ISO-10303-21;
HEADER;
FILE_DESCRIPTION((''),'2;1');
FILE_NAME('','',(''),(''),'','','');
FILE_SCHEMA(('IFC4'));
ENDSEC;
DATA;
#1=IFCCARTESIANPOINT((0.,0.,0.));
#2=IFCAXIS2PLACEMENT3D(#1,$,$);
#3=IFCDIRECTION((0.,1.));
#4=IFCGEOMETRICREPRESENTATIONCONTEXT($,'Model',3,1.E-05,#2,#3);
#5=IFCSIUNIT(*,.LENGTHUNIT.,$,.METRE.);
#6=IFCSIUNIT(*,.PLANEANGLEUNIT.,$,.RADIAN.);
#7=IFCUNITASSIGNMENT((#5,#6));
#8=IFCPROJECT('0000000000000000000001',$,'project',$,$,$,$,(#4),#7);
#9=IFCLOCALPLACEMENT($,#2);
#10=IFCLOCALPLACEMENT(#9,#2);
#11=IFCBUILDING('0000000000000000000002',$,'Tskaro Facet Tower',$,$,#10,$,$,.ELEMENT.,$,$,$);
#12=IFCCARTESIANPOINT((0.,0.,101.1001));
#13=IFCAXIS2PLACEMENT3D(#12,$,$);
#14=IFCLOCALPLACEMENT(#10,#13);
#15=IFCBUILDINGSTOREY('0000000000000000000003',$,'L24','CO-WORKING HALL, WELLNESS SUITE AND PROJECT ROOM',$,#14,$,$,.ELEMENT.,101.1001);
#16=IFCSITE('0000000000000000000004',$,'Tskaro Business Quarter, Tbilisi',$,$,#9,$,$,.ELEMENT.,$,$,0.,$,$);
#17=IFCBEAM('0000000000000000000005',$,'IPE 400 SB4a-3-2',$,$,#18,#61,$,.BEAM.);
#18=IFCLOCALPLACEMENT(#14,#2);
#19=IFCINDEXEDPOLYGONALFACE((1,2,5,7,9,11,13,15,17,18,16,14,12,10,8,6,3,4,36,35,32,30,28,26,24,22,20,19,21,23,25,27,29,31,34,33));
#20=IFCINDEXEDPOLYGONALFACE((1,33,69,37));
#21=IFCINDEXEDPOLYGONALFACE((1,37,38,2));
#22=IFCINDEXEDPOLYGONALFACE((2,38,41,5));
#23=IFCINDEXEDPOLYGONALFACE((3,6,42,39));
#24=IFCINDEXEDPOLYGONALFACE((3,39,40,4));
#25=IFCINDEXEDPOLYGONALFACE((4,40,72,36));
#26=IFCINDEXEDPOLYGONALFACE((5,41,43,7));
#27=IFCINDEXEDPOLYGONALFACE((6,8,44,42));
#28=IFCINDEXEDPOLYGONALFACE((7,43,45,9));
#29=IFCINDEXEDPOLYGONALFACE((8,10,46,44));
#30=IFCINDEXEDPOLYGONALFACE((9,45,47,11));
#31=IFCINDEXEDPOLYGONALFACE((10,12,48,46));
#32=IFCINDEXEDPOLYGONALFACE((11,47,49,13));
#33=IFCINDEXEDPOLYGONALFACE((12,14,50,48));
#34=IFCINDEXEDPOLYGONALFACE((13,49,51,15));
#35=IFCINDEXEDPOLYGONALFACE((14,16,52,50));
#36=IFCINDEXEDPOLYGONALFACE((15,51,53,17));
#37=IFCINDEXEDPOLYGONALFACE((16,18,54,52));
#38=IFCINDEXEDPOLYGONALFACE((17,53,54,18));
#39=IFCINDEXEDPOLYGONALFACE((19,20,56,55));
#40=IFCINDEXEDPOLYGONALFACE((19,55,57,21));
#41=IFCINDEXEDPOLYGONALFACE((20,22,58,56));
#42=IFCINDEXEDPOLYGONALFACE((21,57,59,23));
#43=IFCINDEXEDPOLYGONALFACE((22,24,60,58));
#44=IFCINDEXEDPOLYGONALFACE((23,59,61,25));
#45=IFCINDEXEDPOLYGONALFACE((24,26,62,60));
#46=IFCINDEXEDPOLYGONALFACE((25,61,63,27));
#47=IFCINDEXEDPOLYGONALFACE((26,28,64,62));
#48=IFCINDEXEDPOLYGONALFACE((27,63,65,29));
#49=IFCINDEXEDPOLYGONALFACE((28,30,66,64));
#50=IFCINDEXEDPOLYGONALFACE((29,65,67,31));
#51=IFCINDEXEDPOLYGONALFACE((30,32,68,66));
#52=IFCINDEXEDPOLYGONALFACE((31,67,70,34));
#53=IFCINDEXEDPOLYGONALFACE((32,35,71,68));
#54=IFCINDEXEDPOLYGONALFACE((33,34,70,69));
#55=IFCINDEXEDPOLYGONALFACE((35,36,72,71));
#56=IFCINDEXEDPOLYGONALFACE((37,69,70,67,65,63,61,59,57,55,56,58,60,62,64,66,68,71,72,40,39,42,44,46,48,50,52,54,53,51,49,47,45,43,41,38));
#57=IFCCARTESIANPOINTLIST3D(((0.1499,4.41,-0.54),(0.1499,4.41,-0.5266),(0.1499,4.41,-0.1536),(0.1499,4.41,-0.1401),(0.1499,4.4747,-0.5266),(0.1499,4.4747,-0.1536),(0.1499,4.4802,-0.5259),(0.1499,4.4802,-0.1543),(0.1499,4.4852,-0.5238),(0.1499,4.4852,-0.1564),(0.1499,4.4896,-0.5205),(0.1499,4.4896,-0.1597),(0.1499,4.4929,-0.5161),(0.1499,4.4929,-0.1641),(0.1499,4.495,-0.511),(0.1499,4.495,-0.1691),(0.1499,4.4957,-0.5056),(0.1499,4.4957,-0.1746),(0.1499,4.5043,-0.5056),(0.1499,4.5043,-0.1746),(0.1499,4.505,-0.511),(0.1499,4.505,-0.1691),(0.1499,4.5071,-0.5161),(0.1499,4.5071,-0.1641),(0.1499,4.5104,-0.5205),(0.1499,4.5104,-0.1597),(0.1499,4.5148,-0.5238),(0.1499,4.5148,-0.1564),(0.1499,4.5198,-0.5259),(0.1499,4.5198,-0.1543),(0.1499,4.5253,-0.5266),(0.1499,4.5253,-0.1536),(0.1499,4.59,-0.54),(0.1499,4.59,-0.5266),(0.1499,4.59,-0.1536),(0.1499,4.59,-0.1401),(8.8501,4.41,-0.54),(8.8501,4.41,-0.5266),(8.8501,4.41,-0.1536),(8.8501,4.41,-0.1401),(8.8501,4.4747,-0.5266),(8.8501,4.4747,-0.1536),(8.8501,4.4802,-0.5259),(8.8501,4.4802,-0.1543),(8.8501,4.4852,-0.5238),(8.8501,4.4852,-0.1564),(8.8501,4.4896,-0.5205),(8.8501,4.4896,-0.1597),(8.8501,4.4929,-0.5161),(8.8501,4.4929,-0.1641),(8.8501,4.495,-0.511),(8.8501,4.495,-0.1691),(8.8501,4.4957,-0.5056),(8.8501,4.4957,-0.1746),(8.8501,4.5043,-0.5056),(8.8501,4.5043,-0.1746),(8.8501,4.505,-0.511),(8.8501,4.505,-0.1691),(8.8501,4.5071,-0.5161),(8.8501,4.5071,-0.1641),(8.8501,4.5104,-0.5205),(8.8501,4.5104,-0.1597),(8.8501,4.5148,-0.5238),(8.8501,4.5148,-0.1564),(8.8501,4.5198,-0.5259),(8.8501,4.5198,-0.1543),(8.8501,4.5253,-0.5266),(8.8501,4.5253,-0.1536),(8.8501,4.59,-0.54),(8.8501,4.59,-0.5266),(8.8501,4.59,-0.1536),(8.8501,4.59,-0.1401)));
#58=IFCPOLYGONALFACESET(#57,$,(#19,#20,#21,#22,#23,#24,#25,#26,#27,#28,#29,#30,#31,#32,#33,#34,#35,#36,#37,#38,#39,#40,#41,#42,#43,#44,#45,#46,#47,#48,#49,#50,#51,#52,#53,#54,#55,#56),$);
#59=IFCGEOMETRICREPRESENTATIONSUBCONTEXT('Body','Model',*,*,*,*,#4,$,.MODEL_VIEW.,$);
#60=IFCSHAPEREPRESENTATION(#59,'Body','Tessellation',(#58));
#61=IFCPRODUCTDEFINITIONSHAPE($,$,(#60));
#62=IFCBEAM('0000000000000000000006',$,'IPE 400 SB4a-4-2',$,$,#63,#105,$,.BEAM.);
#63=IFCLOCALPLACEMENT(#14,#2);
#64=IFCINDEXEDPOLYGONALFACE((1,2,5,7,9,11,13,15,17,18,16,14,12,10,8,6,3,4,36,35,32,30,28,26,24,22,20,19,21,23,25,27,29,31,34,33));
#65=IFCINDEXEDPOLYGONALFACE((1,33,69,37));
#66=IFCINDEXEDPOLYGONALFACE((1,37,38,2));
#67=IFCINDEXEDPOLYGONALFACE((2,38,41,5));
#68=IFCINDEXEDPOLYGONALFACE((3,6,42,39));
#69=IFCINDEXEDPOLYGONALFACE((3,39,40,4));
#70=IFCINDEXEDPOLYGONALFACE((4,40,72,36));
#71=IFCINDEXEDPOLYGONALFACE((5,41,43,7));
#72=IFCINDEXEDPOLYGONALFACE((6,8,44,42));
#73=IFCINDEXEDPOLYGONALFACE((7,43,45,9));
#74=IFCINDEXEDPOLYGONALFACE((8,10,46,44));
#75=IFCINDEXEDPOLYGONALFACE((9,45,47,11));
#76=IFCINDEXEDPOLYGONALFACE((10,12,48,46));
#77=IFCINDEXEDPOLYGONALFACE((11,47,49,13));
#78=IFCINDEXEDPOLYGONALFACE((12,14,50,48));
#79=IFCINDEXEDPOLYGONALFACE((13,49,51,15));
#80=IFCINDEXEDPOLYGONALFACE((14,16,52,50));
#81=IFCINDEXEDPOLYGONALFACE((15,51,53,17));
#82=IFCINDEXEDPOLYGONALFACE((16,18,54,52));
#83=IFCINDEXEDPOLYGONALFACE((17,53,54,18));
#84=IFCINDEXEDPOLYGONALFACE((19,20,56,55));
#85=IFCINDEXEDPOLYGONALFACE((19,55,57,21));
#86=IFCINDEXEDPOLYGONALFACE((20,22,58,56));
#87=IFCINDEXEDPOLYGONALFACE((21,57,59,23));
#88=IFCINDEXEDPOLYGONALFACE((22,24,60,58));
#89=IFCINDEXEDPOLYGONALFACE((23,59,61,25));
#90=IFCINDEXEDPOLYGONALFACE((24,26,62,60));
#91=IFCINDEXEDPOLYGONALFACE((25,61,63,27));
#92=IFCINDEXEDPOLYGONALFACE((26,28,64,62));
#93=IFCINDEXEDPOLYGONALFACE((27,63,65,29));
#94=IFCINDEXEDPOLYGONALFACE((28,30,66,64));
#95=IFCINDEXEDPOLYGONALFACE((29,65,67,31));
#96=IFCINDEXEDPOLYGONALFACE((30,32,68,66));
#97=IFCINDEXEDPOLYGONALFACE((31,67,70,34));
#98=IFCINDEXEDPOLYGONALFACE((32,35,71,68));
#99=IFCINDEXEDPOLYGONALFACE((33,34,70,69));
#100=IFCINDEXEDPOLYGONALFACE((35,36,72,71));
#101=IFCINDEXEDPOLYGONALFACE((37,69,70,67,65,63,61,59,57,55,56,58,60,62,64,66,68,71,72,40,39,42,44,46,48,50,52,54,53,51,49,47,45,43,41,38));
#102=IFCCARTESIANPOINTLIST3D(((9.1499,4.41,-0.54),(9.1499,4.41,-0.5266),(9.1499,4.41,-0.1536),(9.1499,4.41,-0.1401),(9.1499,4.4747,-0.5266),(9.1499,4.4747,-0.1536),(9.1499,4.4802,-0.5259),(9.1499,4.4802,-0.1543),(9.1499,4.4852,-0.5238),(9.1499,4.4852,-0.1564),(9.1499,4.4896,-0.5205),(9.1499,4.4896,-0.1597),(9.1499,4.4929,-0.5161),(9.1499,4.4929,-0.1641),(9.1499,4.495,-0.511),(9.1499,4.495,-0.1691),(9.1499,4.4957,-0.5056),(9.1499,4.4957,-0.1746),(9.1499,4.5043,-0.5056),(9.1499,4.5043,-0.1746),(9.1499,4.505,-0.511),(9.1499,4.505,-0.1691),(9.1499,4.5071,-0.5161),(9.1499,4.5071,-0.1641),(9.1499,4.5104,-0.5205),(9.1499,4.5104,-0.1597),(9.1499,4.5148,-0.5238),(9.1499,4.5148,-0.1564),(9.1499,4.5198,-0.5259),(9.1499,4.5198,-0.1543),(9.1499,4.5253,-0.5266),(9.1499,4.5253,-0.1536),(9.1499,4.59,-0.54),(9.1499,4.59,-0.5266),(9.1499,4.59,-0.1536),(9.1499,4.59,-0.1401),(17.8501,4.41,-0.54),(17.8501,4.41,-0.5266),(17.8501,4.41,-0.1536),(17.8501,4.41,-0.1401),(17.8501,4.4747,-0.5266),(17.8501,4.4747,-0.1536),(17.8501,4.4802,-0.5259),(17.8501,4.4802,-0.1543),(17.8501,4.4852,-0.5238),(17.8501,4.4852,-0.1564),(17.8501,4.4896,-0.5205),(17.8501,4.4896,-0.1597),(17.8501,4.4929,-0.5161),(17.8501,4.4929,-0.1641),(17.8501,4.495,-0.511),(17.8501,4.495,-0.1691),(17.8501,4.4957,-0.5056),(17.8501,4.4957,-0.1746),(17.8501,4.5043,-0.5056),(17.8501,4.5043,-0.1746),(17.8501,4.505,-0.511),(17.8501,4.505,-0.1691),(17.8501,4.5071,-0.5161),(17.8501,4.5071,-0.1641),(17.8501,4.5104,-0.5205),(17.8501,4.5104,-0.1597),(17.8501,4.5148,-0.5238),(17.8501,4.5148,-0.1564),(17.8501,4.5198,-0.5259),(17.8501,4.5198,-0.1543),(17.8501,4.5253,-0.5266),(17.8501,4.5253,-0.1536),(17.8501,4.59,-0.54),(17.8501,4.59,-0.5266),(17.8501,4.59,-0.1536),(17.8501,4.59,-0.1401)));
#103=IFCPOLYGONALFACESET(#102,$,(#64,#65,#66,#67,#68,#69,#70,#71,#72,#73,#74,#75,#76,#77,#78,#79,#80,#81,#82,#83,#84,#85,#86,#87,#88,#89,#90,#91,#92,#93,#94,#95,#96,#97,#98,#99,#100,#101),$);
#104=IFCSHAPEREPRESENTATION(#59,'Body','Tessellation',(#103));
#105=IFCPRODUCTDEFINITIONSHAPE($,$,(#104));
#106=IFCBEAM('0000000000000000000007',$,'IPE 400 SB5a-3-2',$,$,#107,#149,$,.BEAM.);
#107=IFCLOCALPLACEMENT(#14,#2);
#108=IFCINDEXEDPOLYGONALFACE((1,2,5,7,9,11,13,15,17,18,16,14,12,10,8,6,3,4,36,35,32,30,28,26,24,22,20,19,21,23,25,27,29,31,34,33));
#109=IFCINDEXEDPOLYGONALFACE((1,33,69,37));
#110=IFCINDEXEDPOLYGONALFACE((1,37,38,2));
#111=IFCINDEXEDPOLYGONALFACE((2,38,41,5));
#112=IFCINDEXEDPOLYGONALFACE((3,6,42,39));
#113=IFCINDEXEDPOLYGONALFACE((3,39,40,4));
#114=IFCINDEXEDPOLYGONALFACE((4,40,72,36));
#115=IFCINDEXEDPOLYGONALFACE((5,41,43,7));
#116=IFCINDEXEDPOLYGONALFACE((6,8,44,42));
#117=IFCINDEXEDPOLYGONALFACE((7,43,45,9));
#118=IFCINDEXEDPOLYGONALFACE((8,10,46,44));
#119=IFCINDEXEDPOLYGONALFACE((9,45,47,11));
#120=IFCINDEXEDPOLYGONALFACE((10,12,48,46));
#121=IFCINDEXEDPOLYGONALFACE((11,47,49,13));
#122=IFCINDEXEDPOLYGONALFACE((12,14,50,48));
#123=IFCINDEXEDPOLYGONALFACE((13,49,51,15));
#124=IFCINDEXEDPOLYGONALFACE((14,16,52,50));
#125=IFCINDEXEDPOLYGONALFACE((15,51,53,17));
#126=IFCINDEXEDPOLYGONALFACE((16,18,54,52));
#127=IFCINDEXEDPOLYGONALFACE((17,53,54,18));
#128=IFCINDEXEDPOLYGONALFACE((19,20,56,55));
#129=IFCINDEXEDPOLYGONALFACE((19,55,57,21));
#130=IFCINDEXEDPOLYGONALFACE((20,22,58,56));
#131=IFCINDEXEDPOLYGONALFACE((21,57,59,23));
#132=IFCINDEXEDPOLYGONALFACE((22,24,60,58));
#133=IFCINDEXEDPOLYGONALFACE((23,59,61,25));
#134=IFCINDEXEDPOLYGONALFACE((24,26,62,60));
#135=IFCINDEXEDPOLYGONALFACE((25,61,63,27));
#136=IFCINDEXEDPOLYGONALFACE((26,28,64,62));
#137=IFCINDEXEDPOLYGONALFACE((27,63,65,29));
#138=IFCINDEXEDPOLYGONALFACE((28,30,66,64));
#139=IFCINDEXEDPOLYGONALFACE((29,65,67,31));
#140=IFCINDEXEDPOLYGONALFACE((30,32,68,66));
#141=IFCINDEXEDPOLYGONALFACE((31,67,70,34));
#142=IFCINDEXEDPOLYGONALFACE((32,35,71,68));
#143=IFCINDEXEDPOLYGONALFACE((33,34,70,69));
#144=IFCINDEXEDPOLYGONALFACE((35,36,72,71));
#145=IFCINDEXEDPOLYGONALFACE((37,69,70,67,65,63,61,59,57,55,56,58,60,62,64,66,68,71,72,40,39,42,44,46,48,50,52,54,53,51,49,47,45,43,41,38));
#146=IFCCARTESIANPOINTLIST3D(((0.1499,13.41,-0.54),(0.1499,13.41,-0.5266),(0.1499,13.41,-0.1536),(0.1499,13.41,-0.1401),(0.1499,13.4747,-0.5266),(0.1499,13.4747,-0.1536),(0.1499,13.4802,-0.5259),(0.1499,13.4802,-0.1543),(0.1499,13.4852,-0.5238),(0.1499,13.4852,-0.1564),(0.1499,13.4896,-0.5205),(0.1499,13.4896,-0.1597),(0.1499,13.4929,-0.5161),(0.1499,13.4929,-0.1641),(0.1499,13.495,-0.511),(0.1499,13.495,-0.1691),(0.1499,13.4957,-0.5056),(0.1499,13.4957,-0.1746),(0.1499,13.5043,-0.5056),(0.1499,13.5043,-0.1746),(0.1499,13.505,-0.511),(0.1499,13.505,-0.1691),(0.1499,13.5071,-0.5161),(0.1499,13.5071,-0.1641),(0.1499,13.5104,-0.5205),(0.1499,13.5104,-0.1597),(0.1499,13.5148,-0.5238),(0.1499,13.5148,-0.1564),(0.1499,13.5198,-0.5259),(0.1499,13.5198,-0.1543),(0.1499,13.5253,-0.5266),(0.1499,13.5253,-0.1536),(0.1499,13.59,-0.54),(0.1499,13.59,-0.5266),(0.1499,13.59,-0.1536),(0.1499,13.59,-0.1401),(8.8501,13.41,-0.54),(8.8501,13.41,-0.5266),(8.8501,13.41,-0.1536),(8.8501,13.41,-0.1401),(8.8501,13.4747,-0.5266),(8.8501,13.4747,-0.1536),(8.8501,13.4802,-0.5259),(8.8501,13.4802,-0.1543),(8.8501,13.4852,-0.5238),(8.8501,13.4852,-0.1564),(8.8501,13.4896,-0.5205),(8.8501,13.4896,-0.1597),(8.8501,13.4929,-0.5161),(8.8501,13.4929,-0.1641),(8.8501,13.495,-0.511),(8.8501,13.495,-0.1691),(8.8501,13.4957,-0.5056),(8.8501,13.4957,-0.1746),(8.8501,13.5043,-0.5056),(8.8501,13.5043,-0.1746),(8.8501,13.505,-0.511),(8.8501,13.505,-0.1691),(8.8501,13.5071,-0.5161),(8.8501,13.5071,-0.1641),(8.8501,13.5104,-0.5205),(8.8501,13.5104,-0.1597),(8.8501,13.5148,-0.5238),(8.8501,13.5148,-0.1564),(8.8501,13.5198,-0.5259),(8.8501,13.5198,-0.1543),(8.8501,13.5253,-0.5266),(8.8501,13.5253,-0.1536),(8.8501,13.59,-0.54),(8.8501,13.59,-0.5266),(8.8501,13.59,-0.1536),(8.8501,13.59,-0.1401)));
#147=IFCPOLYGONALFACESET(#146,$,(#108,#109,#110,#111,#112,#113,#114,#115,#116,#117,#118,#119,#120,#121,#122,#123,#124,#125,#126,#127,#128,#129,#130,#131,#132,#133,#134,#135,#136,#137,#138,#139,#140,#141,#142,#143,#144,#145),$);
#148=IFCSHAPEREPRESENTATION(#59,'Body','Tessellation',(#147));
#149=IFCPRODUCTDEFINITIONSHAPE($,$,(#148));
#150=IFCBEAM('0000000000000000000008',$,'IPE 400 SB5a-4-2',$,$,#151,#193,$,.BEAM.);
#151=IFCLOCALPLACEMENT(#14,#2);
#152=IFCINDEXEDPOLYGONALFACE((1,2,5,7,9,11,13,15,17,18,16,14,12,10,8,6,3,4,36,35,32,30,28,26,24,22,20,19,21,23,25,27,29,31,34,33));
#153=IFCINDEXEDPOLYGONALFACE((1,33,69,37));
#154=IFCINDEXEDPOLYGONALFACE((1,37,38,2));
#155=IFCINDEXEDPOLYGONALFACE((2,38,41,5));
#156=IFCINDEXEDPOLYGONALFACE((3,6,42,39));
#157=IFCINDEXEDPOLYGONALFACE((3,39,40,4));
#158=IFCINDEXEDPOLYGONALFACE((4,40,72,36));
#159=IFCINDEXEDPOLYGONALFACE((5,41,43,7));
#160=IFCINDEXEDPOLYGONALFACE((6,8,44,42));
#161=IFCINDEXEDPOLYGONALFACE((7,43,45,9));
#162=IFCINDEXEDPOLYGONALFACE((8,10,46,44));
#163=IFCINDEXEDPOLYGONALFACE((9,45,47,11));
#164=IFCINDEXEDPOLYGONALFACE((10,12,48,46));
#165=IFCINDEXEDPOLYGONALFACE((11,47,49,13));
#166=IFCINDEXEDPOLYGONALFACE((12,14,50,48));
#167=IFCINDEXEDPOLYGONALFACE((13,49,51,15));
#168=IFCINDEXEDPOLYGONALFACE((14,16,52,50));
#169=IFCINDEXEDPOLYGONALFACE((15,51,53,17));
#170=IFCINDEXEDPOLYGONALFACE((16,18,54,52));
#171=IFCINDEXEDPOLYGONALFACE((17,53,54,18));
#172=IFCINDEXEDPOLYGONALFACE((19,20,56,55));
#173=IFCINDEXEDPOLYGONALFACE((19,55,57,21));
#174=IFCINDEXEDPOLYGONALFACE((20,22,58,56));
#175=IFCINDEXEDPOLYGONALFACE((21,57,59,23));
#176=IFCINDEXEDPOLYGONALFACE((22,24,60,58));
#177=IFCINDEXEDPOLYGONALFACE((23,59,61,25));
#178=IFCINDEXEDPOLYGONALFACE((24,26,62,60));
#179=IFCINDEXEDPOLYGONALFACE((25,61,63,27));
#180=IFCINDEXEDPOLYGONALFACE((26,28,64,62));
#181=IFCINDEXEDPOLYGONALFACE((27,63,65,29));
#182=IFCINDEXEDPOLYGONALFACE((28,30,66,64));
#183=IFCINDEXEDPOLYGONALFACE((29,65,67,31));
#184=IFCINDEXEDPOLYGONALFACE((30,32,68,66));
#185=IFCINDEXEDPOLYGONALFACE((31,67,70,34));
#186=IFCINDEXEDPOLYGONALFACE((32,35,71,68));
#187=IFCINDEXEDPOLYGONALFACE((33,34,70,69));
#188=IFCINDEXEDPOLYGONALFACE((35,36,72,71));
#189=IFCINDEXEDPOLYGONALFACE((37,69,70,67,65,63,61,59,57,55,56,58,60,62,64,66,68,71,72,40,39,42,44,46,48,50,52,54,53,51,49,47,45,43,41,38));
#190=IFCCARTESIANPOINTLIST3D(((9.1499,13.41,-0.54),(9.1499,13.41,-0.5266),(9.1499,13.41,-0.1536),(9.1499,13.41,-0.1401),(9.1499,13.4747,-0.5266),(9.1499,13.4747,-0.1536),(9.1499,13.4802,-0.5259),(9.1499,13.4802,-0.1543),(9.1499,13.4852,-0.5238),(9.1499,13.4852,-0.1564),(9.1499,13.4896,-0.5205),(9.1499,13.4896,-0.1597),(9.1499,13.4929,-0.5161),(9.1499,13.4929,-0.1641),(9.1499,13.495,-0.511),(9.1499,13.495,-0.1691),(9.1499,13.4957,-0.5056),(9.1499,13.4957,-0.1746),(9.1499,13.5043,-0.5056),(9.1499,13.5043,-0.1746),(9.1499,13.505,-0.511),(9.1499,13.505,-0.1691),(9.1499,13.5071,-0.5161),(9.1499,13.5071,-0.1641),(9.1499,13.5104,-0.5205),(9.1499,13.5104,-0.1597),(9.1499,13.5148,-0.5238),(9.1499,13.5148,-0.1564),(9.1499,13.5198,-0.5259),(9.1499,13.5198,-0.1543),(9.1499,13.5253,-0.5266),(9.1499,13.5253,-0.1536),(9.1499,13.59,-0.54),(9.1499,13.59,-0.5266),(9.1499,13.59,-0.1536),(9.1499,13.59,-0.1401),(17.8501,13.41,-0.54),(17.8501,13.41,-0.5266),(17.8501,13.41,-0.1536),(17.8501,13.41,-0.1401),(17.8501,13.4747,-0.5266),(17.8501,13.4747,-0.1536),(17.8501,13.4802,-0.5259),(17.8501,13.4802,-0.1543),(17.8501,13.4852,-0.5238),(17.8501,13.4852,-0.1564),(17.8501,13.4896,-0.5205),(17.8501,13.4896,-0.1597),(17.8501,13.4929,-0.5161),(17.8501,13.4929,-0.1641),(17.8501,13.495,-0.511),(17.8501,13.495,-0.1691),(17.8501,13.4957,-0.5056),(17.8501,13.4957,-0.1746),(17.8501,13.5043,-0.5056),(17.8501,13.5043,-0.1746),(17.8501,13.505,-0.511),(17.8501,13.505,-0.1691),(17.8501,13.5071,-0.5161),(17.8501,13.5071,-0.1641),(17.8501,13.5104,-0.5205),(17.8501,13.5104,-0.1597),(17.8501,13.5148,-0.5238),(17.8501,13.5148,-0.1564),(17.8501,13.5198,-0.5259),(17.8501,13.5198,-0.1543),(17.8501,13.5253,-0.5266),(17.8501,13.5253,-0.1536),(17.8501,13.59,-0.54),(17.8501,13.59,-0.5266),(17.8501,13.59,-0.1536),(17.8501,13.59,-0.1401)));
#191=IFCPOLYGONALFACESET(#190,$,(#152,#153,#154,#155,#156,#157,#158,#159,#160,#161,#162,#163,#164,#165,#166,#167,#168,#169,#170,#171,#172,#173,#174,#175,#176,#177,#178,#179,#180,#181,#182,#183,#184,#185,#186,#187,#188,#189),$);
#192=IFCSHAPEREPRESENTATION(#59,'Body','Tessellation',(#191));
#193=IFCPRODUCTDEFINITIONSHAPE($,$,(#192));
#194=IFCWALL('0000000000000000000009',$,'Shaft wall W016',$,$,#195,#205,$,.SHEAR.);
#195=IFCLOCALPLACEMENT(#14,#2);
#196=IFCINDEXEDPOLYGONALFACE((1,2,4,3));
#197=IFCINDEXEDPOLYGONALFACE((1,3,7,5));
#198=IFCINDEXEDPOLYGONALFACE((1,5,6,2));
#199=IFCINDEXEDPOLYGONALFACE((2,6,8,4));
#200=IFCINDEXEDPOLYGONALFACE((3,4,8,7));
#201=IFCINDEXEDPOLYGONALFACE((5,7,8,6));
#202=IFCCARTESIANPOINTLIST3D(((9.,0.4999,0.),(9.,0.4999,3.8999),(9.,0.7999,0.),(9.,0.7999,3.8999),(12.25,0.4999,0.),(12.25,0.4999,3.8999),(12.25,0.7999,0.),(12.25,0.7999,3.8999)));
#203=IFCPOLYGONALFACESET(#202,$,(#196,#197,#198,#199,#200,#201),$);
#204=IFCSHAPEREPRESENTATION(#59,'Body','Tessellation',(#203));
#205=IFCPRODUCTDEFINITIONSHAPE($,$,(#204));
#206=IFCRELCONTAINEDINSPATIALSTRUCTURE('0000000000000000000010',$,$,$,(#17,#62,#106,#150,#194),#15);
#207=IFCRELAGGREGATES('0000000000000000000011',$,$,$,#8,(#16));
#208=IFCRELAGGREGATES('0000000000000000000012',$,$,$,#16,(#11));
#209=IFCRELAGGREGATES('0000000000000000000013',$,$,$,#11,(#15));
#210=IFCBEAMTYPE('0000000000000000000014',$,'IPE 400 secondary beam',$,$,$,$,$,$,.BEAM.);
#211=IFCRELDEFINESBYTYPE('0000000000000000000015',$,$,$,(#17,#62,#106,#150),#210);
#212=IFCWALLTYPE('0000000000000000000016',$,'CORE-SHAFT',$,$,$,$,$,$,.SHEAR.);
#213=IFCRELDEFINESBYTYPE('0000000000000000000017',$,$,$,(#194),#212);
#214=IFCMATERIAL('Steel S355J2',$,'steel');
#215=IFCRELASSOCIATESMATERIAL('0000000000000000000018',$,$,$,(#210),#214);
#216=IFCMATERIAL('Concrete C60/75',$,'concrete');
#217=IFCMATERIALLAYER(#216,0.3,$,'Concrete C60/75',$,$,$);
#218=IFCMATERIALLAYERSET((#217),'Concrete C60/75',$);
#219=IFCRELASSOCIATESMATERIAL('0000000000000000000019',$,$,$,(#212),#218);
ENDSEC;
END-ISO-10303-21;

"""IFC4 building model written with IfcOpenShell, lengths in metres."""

from ifc_helpers import new_model, si_unit, direction, frame, frame_2d, origin, origin_2d, place, context, subcontext, project, spatial, rectangle, i_section, extrude, material, layer, layer_set, material_profile, profile_set, type_object, element, save


model = new_model("IFC4")

# Units and contexts
model_context = context("Model", 3, precision=1e-05, world=origin(), true_north=direction((0.0, 1.0)))
body_context = subcontext(model_context, "Body", "Model", "MODEL_VIEW")
ifc_project = project(units=[si_unit("LENGTHUNIT", "METRE"), si_unit("PLANEANGLEUNIT", "RADIAN")], contexts=[model_context])

# Site, building, storey
site_placement = place(None, origin())
site = spatial("IfcSite", under=ifc_project, at=site_placement, Name="Tskaro Business Quarter, Tbilisi", CompositionType="ELEMENT", RefElevation=0.0)
building_placement = place(site_placement, origin())
building = spatial("IfcBuilding", under=site, at=building_placement, Name="Tskaro Facet Tower", CompositionType="ELEMENT")
storey_placement = place(building_placement, frame((0.0, 0.0, 101.1001)))
storey = spatial("IfcBuildingStorey", under=building, at=storey_placement, Name="L24", Description="CO-WORKING HALL, WELLNESS SUITE AND PROJECT ROOM", CompositionType="ELEMENT", Elevation=101.1001)

# Beams
ifc_material_1 = material(Name="Steel S355J2", Category="steel")
ifc_material_profile_1 = material_profile(ifc_material_1, i_section(OverallWidth=0.1799, OverallDepth=0.3999, WebThickness=0.0085, FlangeThickness=0.0134, FilletRadius=0.021, at=origin_2d()), Name="IPE 400")
ifc_profile_set_1 = profile_set([ifc_material_profile_1], Name="Steel S355J2")
beam_type_1 = type_object("IfcBeamType", Name="IPE 400 secondary beam", PredefinedType="BEAM", material=ifc_profile_set_1)
for number, where, z_axis, x_axis, name in (
    (1, (0.1499, 4.5, -0.3401), (1.0, 0.0, 0.0), (0.0, 1.0, 0.0), "IPE 400 SB4a-3-2"),
    (2, (9.1499, 4.5, -0.3401), (1.0, 0.0, 0.0), (0.0, 1.0, 0.0), "IPE 400 SB4a-4-2"),
    (3, (0.1499, 13.5, -0.3401), (1.0, 0.0, 0.0), (0.0, 1.0, 0.0), "IPE 400 SB5a-3-2"),
    (4, (9.1499, 13.5, -0.3401), (1.0, 0.0, 0.0), (0.0, 1.0, 0.0), "IPE 400 SB5a-4-2"),
):
    element("IfcBeam", number, at=place(storey_placement, frame(where, z_axis=z_axis, x_axis=x_axis)), inside=storey, type_object=beam_type_1, Name=name, PredefinedType="BEAM", context=body_context, shape_type="SweptSolid", body=[
        extrude(i_section(OverallWidth=0.1799, OverallDepth=0.3999, WebThickness=0.0085, FlangeThickness=0.0134, FilletRadius=0.021, at=origin_2d()), origin(), (0.0, 0.0, 1.0), 8.7002),
    ])

# Wall
ifc_material_2 = material(Name="Concrete C60/75", Category="concrete")
ifc_layer_1 = layer(ifc_material_2, 0.3, Name="Concrete C60/75")
ifc_layer_set_1 = layer_set([ifc_layer_1], Name="Concrete C60/75")
wall_type_1 = type_object("IfcWallType", Name="CORE-SHAFT", PredefinedType="SHEAR", material=ifc_layer_set_1)
wall_1_placement = place(storey_placement, frame((12.25, 0.6499, 0.0), z_axis=(0.0, 0.0, 1.0), x_axis=(-1.0, 0.0, 0.0)))
element("IfcWall", 5, at=wall_1_placement, inside=storey, type_object=wall_type_1, Name="Shaft wall W016", PredefinedType="SHEAR", context=body_context, shape_type="SweptSolid", body=[
    extrude(rectangle(XDim=3.25, YDim=0.3, at=frame_2d((1.625, 0.0))), origin(), (0.0, 0.0, 1.0), 3.8999),
])

save(model, "model.ifc")
